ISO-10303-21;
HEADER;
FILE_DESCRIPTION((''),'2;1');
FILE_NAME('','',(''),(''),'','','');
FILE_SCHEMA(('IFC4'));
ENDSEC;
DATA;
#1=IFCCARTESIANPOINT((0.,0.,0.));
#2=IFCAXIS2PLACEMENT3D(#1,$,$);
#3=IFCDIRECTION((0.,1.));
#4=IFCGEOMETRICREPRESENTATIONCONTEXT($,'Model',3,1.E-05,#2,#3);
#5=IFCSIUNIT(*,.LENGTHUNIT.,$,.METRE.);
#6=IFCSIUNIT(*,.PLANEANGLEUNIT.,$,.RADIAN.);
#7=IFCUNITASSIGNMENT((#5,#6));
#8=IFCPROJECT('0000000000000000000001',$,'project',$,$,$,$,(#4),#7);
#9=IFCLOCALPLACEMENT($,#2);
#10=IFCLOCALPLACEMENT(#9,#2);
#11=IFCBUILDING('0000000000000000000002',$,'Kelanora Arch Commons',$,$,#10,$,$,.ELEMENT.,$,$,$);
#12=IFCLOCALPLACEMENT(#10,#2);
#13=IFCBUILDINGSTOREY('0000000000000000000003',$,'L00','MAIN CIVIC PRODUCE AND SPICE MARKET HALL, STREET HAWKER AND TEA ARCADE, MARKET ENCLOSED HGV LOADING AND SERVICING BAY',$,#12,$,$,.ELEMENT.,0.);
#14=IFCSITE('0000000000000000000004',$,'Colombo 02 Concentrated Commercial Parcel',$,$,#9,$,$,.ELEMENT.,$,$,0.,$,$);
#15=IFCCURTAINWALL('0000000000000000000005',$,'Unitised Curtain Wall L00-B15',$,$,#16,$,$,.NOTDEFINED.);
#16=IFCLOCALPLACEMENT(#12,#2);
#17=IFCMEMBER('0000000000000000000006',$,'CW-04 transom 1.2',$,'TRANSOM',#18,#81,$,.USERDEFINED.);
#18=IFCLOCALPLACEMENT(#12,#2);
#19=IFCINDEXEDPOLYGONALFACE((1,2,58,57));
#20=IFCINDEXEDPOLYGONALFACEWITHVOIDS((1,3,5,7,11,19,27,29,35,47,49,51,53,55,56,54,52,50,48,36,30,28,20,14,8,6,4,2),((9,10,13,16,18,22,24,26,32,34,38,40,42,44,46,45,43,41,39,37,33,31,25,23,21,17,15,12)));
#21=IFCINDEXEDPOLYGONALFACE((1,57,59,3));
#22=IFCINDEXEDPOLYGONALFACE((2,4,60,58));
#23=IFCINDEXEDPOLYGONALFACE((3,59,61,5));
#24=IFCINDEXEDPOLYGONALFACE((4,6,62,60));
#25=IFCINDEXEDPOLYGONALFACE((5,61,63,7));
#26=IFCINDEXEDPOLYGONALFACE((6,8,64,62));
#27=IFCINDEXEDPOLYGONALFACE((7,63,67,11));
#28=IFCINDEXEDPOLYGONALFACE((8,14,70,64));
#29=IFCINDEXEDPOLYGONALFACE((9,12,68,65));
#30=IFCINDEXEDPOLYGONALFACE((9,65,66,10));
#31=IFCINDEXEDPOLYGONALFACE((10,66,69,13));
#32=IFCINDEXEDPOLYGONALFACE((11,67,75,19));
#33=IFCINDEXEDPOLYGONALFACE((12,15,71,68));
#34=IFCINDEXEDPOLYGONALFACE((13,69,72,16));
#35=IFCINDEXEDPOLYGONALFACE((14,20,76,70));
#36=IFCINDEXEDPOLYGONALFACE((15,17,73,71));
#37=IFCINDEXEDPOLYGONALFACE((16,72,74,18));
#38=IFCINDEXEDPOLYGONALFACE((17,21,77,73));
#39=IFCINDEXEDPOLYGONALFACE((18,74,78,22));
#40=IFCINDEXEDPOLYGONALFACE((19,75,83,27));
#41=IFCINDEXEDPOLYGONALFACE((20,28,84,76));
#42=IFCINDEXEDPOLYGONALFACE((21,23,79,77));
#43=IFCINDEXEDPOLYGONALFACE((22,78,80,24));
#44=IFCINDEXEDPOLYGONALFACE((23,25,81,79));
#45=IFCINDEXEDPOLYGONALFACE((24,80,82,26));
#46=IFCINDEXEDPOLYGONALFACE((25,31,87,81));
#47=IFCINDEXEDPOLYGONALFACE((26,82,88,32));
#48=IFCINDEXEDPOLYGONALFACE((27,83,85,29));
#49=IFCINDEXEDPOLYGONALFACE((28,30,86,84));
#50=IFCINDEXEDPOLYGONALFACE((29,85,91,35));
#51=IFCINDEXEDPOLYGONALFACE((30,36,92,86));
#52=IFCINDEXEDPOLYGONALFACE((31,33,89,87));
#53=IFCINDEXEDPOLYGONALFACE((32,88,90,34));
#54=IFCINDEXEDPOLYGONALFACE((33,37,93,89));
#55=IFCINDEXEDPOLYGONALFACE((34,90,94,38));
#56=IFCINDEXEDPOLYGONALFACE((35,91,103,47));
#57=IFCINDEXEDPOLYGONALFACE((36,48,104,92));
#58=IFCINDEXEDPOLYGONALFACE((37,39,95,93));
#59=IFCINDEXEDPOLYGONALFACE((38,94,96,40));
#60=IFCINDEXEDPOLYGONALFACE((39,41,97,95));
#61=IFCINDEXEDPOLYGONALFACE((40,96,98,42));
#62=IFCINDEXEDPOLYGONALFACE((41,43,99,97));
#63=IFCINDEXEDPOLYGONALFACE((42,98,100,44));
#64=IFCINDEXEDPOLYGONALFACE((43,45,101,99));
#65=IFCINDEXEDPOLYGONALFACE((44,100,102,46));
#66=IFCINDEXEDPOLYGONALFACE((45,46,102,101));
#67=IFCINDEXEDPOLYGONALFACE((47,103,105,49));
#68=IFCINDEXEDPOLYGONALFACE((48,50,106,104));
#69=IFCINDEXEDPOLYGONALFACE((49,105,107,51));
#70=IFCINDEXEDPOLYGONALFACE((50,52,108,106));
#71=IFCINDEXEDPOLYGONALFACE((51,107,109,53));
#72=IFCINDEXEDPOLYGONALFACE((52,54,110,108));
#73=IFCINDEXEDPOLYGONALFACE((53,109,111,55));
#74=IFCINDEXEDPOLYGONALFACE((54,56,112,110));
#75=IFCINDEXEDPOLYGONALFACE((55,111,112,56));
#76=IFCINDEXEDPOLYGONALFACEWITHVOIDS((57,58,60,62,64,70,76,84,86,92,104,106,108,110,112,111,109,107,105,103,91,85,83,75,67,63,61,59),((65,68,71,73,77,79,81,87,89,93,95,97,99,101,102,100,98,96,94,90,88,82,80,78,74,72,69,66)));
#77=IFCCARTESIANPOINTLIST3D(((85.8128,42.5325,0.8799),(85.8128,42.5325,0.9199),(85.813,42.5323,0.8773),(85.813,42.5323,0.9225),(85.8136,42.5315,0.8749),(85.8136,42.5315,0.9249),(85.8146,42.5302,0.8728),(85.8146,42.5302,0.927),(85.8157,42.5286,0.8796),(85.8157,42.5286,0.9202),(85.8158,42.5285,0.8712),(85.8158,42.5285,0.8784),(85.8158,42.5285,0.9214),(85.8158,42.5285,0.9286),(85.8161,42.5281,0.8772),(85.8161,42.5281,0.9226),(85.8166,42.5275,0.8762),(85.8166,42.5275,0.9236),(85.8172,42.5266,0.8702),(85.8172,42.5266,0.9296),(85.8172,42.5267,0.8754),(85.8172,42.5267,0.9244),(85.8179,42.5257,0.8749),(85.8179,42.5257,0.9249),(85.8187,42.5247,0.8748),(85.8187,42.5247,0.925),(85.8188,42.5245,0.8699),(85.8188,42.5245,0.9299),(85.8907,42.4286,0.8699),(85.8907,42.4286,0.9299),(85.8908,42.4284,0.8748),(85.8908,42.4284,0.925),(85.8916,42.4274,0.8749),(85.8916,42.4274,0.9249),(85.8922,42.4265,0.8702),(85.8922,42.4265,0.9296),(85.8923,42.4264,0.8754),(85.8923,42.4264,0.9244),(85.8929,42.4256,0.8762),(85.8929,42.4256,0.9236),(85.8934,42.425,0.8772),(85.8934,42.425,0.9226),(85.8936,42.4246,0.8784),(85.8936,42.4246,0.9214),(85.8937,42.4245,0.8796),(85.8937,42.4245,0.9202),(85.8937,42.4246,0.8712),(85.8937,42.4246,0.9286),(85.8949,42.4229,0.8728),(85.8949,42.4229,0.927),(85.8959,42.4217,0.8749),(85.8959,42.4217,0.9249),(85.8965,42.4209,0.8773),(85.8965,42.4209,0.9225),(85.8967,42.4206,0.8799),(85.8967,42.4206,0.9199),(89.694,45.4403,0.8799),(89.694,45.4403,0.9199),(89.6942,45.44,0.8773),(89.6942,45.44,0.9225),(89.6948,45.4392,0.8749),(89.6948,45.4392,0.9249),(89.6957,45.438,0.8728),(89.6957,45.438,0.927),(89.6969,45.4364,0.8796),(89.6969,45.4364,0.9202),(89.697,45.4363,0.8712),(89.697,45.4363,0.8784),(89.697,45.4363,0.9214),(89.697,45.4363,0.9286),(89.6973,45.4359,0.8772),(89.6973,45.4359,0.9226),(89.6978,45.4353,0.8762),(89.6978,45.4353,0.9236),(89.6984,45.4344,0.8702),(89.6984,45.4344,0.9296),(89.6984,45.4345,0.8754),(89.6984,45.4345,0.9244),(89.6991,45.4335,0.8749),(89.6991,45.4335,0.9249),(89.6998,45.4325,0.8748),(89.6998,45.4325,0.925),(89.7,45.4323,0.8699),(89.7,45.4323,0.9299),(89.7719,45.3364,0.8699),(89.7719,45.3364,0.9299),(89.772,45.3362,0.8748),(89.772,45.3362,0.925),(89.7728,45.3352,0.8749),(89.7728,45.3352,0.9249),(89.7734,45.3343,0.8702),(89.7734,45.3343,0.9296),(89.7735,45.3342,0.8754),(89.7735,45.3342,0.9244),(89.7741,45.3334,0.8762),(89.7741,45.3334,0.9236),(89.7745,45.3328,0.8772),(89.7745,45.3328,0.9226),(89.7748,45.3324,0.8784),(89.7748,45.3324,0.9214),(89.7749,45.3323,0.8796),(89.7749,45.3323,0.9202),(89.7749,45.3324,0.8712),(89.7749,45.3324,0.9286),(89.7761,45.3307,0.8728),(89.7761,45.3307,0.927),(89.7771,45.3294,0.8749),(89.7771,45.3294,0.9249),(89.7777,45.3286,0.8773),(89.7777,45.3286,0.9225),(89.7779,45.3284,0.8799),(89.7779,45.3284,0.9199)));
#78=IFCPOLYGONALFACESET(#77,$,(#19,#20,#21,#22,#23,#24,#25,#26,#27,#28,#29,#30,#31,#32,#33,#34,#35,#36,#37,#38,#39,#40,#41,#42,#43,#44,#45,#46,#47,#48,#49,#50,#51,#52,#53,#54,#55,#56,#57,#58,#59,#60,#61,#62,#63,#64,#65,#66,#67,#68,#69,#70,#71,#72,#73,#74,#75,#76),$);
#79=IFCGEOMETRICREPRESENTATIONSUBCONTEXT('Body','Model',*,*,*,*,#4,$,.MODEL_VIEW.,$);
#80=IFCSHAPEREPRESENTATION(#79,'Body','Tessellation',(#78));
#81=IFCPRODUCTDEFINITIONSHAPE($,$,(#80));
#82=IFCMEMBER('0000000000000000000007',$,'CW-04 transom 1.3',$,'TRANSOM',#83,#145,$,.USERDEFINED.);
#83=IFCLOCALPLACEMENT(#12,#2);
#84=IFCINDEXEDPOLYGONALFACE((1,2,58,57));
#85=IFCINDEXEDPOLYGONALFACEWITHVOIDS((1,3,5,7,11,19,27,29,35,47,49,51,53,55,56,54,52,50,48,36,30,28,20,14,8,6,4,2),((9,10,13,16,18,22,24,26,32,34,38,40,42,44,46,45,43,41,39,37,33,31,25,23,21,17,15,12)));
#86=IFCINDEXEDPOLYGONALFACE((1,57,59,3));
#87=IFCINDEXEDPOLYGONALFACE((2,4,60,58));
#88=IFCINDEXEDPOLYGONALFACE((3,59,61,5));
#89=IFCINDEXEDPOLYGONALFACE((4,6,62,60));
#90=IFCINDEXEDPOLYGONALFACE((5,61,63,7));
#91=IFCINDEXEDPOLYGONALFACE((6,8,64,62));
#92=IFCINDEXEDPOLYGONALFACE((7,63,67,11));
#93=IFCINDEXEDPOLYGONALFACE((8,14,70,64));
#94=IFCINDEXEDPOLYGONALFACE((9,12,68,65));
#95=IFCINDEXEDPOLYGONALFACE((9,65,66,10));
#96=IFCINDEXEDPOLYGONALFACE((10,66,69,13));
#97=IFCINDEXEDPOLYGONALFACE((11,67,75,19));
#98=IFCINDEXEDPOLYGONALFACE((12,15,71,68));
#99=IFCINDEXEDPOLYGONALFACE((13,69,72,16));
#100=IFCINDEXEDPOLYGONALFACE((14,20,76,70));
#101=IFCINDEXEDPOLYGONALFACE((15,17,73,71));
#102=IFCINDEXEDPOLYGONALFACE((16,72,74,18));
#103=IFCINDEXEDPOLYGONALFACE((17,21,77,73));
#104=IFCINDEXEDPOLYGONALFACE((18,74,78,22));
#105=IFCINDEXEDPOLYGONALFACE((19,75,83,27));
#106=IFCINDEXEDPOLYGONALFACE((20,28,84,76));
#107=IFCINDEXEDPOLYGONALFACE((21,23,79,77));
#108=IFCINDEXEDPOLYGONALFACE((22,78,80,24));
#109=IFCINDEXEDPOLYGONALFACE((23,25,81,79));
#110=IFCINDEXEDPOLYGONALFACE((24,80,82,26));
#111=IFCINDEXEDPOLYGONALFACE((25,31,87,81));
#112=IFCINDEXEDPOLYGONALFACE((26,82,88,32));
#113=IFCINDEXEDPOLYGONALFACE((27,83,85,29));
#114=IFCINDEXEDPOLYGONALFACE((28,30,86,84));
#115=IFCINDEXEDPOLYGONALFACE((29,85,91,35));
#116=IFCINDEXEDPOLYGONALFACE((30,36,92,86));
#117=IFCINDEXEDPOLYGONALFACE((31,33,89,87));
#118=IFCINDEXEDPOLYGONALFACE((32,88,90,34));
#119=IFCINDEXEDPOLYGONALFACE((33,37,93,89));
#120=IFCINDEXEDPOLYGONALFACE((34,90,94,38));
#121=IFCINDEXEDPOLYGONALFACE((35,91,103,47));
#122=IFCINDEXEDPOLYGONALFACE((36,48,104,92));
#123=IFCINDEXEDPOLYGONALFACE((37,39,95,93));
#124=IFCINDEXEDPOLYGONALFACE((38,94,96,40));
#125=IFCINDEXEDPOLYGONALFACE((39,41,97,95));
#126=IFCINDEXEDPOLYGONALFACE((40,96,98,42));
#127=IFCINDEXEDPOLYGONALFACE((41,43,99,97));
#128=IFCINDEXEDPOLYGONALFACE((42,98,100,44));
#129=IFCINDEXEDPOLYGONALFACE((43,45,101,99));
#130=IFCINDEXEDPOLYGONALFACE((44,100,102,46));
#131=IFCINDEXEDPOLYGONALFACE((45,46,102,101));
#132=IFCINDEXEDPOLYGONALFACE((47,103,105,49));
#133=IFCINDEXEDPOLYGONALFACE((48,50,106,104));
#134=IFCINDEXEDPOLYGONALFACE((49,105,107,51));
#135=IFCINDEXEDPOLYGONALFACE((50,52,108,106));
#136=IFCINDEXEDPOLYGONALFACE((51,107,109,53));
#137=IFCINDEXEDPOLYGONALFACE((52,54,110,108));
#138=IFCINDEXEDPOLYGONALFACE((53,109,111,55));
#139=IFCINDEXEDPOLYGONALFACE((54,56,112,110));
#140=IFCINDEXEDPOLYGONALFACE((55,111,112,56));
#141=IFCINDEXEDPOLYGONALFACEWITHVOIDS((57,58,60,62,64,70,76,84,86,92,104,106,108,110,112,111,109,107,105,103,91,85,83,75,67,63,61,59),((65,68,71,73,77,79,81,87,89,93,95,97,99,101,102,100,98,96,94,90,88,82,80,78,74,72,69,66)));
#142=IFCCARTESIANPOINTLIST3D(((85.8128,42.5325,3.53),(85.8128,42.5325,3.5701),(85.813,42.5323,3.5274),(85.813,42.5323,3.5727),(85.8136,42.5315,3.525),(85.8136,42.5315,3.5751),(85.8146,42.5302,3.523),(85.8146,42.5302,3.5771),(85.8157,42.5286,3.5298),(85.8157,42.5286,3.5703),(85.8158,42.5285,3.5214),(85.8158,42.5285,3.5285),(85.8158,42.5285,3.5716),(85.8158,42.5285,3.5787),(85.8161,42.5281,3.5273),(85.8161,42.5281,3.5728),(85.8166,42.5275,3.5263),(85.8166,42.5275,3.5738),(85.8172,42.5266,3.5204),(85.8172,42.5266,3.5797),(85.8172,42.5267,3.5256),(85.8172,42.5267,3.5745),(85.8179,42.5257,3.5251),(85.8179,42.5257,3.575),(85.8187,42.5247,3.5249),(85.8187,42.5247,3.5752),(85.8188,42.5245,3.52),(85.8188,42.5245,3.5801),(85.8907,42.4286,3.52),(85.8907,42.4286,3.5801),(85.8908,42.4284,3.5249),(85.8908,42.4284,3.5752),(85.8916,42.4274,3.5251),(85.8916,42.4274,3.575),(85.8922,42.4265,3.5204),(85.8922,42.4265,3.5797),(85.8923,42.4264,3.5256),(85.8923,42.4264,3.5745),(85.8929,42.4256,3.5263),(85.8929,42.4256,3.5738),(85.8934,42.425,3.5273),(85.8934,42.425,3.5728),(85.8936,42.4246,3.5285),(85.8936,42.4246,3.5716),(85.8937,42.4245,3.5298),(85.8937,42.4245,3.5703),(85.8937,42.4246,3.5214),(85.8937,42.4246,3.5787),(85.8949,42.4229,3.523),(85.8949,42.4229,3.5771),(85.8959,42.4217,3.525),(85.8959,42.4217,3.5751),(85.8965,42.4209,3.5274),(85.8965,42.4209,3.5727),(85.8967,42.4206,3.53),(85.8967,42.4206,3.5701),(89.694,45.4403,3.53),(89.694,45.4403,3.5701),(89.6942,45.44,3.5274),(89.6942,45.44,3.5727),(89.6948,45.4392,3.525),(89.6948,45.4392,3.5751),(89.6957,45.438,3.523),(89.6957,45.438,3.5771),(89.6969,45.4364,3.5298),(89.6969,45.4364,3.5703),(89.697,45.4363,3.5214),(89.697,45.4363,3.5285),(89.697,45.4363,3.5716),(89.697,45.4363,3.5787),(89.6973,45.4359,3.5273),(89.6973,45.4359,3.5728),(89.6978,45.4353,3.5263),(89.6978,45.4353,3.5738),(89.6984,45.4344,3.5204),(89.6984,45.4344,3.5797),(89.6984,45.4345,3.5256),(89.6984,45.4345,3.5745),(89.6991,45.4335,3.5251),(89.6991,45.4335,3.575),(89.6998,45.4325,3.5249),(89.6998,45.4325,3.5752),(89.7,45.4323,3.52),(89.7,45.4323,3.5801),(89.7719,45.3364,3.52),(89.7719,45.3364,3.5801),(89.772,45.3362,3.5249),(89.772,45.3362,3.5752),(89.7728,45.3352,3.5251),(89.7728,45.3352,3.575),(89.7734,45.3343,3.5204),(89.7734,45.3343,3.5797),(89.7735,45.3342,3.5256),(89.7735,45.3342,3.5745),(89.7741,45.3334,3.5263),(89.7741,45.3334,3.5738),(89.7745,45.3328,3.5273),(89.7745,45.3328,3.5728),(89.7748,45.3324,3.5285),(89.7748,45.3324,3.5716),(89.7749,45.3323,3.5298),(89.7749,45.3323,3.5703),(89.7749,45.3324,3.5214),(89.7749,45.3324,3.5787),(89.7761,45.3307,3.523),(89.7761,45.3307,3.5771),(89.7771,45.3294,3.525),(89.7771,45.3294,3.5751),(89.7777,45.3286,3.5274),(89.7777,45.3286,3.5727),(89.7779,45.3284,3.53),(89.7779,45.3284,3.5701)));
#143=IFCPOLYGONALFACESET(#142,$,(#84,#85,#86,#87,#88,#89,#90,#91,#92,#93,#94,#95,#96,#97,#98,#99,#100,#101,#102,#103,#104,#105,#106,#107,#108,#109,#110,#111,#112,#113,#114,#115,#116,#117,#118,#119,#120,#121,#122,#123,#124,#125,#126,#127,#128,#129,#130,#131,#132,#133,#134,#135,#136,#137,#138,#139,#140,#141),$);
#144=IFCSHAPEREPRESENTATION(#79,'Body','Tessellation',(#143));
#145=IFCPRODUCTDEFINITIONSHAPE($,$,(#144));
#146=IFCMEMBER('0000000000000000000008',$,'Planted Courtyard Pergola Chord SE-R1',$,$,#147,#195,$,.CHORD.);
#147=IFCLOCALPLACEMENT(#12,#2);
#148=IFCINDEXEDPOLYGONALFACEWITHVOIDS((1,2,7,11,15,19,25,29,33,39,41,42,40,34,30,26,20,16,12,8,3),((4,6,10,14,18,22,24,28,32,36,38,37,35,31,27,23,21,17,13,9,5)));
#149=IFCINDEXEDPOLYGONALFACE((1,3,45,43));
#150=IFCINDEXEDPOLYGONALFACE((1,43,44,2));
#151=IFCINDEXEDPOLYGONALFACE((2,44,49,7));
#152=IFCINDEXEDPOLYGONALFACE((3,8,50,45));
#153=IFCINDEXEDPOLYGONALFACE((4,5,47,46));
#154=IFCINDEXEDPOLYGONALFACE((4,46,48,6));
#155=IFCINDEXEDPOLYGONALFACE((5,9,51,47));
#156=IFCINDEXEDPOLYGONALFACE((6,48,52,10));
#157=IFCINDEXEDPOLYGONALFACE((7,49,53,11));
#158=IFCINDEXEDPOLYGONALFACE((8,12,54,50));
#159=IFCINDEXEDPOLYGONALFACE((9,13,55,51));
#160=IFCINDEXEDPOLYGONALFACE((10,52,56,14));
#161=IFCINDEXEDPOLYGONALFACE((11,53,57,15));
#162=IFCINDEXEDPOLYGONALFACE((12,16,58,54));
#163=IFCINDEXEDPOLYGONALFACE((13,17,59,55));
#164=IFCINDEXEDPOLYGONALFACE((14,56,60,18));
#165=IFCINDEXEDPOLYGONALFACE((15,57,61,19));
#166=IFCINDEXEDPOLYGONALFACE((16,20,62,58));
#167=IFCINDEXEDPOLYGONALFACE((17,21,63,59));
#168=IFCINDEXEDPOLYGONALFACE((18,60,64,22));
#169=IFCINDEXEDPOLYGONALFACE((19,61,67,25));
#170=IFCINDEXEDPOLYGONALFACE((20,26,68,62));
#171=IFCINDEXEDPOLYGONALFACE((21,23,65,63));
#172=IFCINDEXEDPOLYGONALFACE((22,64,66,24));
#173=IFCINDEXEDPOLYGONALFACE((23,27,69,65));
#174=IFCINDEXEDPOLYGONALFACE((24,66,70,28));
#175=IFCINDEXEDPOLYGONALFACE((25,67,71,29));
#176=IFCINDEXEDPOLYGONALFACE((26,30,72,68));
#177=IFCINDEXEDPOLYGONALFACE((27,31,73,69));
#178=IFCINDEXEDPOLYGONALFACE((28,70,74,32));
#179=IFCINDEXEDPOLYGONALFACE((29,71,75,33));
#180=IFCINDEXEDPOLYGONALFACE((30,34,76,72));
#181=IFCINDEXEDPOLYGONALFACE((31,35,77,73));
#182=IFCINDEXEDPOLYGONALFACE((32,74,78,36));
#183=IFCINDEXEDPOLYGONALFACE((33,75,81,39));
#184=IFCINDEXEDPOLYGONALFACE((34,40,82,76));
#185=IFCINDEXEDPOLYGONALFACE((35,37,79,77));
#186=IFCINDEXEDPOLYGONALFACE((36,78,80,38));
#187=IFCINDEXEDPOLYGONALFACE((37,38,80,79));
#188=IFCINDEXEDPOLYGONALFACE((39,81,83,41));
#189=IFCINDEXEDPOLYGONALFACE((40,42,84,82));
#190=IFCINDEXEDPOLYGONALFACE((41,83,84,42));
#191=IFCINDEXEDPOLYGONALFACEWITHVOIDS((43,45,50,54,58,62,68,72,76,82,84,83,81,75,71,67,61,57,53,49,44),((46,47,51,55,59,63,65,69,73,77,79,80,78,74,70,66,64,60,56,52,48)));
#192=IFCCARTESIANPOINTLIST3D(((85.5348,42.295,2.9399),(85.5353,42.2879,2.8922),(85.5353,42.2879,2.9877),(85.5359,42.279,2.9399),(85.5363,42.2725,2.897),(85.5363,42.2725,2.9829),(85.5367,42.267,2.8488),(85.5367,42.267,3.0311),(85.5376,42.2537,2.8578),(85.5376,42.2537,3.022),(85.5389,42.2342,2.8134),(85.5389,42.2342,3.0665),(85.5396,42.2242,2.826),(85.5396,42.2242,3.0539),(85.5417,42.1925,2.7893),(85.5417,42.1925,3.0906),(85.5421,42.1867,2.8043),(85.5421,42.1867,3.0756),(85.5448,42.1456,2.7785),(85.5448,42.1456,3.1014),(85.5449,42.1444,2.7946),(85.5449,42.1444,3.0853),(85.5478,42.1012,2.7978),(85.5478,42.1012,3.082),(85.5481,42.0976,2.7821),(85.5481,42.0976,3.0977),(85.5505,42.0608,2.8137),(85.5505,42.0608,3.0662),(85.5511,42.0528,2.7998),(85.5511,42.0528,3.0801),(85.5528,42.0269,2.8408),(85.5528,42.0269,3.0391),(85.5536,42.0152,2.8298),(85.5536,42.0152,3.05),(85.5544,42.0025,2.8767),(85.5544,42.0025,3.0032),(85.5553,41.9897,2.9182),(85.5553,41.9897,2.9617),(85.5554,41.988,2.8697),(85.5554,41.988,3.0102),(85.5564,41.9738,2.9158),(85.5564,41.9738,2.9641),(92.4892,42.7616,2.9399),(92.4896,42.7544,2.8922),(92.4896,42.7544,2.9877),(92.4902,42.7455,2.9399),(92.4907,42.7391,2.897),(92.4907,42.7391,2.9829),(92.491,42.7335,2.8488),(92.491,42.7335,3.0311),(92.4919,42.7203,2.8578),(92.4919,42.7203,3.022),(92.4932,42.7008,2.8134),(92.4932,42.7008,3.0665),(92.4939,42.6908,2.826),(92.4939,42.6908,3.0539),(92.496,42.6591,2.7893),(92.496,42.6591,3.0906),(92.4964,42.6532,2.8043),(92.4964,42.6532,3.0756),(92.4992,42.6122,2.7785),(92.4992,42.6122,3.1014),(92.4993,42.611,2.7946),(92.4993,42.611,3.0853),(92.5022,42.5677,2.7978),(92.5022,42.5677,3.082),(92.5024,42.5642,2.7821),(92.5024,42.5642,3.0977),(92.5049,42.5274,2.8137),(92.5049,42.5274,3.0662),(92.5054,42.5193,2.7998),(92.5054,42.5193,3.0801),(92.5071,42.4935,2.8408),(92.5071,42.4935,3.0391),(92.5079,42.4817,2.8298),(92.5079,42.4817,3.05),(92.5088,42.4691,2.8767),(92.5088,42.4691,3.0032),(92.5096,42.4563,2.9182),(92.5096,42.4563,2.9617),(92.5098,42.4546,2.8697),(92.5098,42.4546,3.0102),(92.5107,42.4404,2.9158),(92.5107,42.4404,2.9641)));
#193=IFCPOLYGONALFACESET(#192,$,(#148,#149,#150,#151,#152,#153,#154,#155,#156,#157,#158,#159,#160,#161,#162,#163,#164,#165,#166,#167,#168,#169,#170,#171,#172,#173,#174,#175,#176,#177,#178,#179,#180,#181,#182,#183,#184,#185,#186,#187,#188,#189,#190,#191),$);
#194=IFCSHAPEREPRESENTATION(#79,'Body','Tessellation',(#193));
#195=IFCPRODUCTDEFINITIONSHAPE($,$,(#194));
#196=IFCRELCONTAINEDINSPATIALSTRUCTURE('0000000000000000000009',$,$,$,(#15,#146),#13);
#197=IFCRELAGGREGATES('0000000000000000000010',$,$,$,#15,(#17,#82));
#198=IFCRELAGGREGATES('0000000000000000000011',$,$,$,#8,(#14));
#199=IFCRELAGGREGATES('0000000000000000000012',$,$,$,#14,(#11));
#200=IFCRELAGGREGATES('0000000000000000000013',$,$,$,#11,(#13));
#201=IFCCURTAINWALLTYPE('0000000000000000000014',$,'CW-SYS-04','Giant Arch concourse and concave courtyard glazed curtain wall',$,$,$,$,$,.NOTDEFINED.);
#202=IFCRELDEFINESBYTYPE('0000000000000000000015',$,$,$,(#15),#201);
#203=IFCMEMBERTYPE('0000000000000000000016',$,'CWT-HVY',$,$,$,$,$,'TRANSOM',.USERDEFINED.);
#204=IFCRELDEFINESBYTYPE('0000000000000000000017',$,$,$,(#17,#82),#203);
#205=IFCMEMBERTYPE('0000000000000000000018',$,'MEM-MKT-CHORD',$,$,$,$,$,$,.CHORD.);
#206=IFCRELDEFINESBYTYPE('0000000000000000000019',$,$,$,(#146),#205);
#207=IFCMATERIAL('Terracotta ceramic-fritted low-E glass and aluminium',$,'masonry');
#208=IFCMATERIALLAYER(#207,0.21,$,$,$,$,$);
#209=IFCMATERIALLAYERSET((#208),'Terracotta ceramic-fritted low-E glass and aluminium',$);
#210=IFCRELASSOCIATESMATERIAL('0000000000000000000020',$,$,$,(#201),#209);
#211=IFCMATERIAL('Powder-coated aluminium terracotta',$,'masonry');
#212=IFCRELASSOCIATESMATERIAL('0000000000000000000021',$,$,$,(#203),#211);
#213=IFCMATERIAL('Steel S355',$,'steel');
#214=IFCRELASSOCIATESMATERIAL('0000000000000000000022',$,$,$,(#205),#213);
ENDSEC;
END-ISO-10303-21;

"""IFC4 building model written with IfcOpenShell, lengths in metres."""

from ifc_helpers import new_model, si_unit, direction, frame, origin, origin_2d, place, context, subcontext, project, spatial, hollow_rectangle, hollow_circle, extrude, material, layer, layer_set, material_profile, profile_set, type_object, element, aggregate, save


model = new_model("IFC4")

# Units and contexts
model_context = context("Model", 3, precision=1e-05, world=origin(), true_north=direction((0.0, 1.0)))
body_context = subcontext(model_context, "Body", "Model", "MODEL_VIEW")
ifc_project = project(units=[si_unit("LENGTHUNIT", "METRE"), si_unit("PLANEANGLEUNIT", "RADIAN")], contexts=[model_context])

# Site, building, storey
site_placement = place(None, origin())
site = spatial("IfcSite", under=ifc_project, at=site_placement, Name="Colombo 02 Concentrated Commercial Parcel", CompositionType="ELEMENT", RefElevation=0.0)
building_placement = place(site_placement, origin())
building = spatial("IfcBuilding", under=site, at=building_placement, Name="Kelanora Arch Commons", CompositionType="ELEMENT")
storey_placement = place(building_placement, origin())
storey = spatial("IfcBuildingStorey", under=building, at=storey_placement, Name="L00", Description="MAIN CIVIC PRODUCE AND SPICE MARKET HALL, STREET HAWKER AND TEA ARCADE, MARKET ENCLOSED HGV LOADING AND SERVICING BAY", CompositionType="ELEMENT", Elevation=0.0)

# Shared definitions
ifc_material_1 = material(Name="Steel S355", Category="steel")

# Curtain wall, members
ifc_material_2 = material(Name="Terracotta ceramic-fritted low-E glass and aluminium", Category="masonry")
ifc_layer_1 = layer(ifc_material_2, 0.21)
ifc_layer_set_1 = layer_set([ifc_layer_1], Name="Terracotta ceramic-fritted low-E glass and aluminium")
curtain_wall_type = type_object("IfcCurtainWallType", Name="CW-SYS-04", Description="Giant Arch concourse and concave courtyard glazed curtain wall", PredefinedType="NOTDEFINED", material=ifc_layer_set_1)
curtain_wall_placement = place(storey_placement, origin())
curtain_wall = element("IfcCurtainWall", 1, at=curtain_wall_placement, inside=storey, type_object=curtain_wall_type, Name="Unitised Curtain Wall L00-B15", PredefinedType="NOTDEFINED")
ifc_material_3 = material(Name="Powder-coated aluminium terracotta", Category="masonry")
ifc_material_profile_1 = material_profile(ifc_material_3, hollow_rectangle(XDim=0.1399, YDim=0.0601, WallThickness=0.0049, InnerFilletRadius=0.0049, OuterFilletRadius=0.01, at=origin_2d()), Name="CWT140x60")
ifc_profile_set_1 = profile_set([ifc_material_profile_1], Name="Powder-coated aluminium terracotta")
member_type_1 = type_object("IfcMemberType", Name="CWT-HVY", ElementType="TRANSOM", PredefinedType="USERDEFINED", material=ifc_profile_set_1)
member_1_placement = place(storey_placement, frame((85.8547, 42.4766, 0.8999), z_axis=(0.800308, 0.599589, 0.0), x_axis=(-0.599589, 0.800308, 0.0)))
member_1 = element("IfcMember", 2, at=member_1_placement, type_object=member_type_1, Name="CW-04 transom 1.2", ObjectType="TRANSOM", PredefinedType="USERDEFINED", context=body_context, shape_type="SweptSolid", body=[
    extrude(hollow_rectangle(XDim=0.1399, YDim=0.0601, WallThickness=0.0049, InnerFilletRadius=0.0049, OuterFilletRadius=0.01, at=origin_2d()), origin(), (0.0, 0.0, 1.0), 4.8496),
])
member_2_placement = place(storey_placement, frame((85.8547, 42.4766, 3.55), z_axis=(0.800308, 0.599589, 0.0), x_axis=(-0.599589, 0.800308, 0.0)))
member_2 = element("IfcMember", 3, at=member_2_placement, type_object=member_type_1, Name="CW-04 transom 1.3", ObjectType="TRANSOM", PredefinedType="USERDEFINED", context=body_context, shape_type="SweptSolid", body=[
    extrude(hollow_rectangle(XDim=0.1399, YDim=0.0601, WallThickness=0.0049, InnerFilletRadius=0.0049, OuterFilletRadius=0.01, at=origin_2d()), origin(), (0.0, 0.0, 1.0), 4.8496),
])
aggregate(curtain_wall, [member_1, member_2])

# Member
ifc_material_profile_2 = material_profile(ifc_material_1, hollow_circle(Radius=0.1619, WallThickness=0.0161, at=origin_2d()), Name="CHS323.9x16")
ifc_profile_set_2 = profile_set([ifc_material_profile_2], Name="Steel S355")
member_type_2 = type_object("IfcMemberType", Name="MEM-MKT-CHORD", PredefinedType="CHORD", material=ifc_profile_set_2)
member_3_placement = place(storey_placement, frame((85.5457, 42.1335, 2.9399), z_axis=(0.997757, 0.066937, 0.0), x_axis=(-0.066937, 0.997757, 0.0)))
element("IfcMember", 4, at=member_3_placement, inside=storey, type_object=member_type_2, Name="Planted Courtyard Pergola Chord SE-R1", PredefinedType="CHORD", context=body_context, shape_type="SweptSolid", body=[
    extrude(hollow_circle(Radius=0.1619, WallThickness=0.0161, at=origin_2d()), origin(), (0.0, 0.0, 1.0), 6.97),
])

save(model, "model.ifc")
